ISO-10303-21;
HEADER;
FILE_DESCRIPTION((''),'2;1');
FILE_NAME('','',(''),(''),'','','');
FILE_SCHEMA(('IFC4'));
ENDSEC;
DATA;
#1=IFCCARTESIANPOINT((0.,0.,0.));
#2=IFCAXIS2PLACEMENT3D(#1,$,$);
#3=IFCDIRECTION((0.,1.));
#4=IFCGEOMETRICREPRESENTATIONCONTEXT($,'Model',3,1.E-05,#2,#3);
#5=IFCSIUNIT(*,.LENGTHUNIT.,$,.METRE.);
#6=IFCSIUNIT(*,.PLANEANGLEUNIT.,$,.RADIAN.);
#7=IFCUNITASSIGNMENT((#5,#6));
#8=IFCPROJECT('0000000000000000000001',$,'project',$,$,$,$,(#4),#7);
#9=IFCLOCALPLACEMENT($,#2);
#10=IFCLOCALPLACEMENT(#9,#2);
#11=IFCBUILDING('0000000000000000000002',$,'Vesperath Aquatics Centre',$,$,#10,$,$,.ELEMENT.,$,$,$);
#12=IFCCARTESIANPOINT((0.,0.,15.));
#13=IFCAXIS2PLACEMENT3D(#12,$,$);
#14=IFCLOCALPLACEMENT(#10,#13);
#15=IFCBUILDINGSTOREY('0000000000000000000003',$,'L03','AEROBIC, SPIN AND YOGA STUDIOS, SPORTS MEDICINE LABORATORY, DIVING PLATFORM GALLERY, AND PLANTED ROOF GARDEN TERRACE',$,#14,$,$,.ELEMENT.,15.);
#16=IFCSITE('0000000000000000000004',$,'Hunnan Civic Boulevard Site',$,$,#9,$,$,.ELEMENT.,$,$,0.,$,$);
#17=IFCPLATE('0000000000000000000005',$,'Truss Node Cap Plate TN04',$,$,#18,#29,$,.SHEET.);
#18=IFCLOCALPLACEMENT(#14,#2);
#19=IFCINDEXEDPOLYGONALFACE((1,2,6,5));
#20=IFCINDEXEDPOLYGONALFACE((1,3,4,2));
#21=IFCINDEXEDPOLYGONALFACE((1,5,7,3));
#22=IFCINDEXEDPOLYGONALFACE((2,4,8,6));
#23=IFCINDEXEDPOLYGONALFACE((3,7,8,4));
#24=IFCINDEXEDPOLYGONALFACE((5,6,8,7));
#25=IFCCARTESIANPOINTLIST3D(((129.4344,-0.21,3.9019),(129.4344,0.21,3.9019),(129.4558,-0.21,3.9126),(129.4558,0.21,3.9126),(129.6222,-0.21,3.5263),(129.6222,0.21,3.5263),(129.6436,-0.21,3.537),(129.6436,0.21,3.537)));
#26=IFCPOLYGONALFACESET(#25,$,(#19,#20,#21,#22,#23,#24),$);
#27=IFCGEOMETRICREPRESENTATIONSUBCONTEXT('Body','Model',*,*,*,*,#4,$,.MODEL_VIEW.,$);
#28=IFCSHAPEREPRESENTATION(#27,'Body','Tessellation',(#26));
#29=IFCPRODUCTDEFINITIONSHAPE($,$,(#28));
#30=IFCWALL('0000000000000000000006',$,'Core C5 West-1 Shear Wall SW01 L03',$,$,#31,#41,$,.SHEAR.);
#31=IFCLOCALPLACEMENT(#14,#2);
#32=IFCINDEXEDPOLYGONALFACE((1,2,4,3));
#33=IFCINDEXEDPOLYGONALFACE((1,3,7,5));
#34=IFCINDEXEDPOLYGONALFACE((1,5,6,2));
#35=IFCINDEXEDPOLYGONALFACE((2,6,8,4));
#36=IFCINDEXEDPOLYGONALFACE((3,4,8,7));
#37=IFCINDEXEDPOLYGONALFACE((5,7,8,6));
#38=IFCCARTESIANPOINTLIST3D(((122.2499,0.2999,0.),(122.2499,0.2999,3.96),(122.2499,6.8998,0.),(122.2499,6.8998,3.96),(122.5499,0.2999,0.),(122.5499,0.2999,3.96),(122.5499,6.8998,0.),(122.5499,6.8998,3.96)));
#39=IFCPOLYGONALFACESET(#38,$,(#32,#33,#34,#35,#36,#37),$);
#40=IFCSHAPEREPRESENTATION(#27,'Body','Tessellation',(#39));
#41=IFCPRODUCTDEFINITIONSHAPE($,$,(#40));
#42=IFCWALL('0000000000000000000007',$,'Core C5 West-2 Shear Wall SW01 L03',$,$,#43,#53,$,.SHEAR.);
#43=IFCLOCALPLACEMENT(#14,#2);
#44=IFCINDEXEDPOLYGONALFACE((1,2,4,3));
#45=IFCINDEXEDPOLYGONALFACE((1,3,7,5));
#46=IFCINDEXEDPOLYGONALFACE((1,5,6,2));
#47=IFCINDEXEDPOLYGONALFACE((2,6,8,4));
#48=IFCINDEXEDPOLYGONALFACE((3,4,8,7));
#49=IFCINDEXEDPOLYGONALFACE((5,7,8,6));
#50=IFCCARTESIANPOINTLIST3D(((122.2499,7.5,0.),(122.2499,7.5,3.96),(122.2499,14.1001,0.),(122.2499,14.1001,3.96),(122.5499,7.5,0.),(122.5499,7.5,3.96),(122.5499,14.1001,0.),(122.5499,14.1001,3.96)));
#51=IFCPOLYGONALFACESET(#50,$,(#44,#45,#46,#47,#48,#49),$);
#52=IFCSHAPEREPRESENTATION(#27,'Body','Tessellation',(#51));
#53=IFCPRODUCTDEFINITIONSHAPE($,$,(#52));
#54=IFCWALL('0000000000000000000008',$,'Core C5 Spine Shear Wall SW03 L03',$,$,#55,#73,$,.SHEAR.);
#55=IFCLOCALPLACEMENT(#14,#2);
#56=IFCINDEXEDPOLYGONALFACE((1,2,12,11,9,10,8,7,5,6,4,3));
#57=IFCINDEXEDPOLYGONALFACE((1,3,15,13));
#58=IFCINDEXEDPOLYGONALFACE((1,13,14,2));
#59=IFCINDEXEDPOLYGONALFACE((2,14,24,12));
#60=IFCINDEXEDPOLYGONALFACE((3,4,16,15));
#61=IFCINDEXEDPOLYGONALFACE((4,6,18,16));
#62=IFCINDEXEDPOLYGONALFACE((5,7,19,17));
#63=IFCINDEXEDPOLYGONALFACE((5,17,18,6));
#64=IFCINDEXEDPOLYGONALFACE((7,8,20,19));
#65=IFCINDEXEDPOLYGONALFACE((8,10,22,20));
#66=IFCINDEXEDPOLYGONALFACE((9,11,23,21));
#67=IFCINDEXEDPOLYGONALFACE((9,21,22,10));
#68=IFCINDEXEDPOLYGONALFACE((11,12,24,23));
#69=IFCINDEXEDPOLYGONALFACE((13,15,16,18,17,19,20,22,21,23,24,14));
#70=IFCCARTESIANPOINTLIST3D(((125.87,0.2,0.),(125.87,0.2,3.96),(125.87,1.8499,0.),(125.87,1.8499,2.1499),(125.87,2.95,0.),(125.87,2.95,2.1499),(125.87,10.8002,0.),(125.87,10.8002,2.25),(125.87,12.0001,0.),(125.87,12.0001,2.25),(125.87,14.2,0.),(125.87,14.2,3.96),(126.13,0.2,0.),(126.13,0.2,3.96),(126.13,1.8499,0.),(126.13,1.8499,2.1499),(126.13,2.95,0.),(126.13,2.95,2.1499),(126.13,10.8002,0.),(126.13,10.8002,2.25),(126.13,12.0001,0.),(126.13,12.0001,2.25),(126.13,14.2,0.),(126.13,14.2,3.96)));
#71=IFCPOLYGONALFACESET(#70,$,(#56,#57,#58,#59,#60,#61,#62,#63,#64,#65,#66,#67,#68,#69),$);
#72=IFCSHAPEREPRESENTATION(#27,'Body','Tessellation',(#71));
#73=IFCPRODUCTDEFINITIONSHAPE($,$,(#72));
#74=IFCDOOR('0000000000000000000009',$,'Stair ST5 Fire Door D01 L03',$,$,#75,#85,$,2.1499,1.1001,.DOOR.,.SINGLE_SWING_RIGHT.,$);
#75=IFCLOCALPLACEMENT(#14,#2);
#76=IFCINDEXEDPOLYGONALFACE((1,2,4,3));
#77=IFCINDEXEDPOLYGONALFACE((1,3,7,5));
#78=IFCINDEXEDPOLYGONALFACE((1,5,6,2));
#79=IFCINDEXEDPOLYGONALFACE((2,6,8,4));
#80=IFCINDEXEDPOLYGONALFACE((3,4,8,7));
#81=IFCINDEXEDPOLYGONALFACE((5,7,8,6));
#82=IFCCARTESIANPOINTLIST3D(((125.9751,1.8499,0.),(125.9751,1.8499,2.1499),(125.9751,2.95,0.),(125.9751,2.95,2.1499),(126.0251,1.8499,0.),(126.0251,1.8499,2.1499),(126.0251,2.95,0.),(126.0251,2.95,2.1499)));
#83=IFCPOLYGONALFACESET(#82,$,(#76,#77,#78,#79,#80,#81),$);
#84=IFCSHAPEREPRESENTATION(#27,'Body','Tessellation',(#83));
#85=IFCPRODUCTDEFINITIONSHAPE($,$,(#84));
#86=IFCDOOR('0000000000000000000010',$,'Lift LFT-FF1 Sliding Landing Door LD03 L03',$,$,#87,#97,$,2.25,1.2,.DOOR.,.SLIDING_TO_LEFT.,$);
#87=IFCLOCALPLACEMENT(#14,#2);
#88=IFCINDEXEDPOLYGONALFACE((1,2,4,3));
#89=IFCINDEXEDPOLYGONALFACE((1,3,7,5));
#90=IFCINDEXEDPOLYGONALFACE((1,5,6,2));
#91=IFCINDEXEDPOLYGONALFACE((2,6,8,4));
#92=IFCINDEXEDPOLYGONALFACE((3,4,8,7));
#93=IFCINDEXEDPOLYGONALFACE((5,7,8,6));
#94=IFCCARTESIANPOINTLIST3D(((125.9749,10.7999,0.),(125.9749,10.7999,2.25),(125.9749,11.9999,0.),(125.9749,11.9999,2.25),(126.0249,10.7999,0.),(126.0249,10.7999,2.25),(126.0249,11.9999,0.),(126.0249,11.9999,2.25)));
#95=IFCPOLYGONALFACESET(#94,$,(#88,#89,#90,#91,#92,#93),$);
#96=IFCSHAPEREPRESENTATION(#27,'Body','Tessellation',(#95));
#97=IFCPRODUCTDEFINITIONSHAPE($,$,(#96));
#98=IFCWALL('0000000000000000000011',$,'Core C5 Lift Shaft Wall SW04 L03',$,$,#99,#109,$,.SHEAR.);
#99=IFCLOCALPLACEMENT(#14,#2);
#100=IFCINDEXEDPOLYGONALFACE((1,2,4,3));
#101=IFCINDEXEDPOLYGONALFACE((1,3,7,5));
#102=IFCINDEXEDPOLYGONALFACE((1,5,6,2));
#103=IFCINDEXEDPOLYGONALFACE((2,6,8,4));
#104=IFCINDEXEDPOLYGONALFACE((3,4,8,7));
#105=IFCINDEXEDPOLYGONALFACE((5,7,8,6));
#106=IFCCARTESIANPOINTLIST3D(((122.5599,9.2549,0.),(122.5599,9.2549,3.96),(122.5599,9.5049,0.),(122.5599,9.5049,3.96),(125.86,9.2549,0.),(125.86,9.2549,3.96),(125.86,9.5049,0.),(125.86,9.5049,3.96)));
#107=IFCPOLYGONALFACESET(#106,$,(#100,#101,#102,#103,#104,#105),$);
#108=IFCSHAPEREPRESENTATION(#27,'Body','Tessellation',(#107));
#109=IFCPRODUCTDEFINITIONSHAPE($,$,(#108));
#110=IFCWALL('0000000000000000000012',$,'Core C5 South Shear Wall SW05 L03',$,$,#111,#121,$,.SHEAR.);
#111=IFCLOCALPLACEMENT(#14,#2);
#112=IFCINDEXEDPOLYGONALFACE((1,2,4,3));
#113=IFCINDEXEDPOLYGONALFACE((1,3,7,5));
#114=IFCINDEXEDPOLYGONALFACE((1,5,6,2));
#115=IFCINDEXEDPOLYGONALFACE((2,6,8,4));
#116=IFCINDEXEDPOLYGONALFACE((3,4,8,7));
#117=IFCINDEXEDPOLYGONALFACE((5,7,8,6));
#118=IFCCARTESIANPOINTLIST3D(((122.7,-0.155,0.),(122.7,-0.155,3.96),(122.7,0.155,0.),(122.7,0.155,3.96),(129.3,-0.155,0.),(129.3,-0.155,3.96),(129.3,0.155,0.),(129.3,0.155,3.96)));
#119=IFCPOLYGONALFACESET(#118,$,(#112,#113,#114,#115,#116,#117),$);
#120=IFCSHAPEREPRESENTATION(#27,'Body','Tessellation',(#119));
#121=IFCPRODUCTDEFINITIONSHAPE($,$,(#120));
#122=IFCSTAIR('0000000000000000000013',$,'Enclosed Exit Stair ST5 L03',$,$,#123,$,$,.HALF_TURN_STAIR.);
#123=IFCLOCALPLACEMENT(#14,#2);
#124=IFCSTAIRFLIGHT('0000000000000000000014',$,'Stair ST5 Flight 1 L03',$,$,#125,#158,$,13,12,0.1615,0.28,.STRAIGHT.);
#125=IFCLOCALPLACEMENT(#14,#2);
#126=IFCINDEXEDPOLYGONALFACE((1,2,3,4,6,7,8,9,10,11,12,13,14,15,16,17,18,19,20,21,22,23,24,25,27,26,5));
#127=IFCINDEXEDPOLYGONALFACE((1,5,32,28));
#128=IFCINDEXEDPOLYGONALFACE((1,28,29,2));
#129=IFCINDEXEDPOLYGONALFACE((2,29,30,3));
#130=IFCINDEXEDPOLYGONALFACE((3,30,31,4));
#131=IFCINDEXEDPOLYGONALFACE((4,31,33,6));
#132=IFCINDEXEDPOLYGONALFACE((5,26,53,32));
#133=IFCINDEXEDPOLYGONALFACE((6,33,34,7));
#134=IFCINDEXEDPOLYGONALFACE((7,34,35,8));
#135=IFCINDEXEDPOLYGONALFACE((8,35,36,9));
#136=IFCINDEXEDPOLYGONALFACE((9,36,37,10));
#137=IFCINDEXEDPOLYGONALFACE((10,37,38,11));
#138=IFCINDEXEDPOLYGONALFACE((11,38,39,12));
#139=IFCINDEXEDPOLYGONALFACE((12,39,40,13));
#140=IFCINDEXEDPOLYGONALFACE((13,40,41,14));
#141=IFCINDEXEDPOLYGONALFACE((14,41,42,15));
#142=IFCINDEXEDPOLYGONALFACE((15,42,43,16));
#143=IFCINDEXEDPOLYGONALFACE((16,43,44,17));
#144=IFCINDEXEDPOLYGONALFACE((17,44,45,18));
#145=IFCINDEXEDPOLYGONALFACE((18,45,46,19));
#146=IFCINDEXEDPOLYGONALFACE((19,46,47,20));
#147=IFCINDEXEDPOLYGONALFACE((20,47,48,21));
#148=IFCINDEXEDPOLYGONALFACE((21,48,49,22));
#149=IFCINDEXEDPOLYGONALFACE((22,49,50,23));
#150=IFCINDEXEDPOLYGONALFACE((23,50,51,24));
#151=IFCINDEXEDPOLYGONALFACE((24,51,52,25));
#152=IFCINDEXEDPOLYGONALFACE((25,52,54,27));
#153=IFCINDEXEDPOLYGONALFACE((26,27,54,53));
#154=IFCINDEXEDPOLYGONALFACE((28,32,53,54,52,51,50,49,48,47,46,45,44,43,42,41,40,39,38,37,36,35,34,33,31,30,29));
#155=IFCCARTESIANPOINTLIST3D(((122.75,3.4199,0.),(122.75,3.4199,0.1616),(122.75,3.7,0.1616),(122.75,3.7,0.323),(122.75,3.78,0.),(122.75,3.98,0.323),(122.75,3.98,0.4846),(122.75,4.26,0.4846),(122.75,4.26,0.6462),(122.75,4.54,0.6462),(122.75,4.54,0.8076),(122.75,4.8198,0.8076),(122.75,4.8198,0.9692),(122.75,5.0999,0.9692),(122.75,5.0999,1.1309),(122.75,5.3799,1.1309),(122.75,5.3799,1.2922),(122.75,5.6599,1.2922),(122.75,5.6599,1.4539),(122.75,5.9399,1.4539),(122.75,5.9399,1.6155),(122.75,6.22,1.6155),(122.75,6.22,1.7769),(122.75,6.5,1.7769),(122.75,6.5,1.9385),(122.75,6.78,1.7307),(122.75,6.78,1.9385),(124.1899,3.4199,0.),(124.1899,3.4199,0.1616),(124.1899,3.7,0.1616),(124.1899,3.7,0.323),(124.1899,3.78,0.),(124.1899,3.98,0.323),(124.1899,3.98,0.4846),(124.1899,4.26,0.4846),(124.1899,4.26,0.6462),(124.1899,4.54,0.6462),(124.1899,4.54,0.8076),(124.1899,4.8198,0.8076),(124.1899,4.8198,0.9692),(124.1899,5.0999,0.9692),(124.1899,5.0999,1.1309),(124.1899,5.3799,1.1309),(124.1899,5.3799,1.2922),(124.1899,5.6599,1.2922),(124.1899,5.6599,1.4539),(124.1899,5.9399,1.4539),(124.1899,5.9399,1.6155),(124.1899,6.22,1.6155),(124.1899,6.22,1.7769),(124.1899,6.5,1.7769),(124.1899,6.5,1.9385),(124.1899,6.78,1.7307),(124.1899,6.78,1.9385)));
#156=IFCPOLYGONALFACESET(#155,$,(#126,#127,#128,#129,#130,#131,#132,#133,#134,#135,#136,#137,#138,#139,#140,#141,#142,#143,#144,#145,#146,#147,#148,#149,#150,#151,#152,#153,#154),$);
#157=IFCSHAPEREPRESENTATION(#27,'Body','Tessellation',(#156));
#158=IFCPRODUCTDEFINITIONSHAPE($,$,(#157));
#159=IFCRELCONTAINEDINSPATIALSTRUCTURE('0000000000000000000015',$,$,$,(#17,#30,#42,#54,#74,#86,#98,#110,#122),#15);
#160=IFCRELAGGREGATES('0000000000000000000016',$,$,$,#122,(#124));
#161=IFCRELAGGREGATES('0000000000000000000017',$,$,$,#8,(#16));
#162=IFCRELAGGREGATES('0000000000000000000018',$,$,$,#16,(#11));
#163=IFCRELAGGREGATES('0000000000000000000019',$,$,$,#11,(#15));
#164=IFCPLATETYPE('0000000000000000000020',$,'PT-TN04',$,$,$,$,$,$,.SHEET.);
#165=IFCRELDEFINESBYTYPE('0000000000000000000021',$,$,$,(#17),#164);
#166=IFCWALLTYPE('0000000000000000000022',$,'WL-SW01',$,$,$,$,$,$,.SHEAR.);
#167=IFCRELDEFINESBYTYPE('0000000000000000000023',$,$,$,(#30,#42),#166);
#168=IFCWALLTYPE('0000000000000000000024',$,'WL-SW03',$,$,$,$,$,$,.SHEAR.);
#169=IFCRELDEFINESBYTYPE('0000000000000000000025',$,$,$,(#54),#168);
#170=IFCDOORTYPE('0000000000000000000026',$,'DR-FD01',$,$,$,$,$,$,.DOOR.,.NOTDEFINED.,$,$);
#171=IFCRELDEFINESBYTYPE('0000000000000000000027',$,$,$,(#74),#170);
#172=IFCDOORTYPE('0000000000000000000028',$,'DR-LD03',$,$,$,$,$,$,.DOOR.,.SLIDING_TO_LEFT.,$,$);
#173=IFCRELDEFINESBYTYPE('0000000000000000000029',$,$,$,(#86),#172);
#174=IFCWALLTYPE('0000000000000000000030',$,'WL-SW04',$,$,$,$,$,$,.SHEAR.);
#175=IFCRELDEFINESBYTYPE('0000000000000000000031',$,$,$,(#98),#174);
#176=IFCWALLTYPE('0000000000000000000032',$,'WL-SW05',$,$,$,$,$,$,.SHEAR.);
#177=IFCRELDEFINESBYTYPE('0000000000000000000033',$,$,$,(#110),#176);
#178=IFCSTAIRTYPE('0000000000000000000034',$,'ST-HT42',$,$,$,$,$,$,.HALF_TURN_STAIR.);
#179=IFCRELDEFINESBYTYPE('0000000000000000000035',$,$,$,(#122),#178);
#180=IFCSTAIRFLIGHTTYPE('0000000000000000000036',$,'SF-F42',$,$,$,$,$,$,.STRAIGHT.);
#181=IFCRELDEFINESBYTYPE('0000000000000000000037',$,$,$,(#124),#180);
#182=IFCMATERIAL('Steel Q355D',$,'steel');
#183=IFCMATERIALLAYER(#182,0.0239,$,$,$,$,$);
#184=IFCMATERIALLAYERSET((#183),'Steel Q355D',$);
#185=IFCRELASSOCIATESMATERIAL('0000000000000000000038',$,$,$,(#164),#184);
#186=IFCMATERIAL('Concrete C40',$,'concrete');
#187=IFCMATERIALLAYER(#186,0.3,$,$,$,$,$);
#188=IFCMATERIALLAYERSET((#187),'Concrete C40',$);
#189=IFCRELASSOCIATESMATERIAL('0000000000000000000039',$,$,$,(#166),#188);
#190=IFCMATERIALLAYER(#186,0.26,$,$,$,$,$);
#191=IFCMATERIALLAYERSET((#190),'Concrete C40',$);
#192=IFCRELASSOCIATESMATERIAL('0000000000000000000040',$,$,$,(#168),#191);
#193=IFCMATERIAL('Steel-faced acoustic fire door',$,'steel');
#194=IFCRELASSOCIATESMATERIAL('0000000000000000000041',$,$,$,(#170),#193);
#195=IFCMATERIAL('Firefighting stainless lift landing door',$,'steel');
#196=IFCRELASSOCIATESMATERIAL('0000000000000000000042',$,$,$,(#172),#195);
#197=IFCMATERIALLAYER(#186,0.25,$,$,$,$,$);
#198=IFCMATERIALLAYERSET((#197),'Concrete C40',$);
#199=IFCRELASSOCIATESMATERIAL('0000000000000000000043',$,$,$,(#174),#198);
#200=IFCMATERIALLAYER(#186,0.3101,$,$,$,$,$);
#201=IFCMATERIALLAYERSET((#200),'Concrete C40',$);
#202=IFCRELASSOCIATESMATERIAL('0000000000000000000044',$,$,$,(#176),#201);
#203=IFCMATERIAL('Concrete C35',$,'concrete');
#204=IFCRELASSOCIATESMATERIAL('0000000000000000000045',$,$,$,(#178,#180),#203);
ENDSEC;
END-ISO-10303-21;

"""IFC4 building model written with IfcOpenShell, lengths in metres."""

from ifc_helpers import new_model, si_unit, direction, frame, frame_2d, origin, origin_2d, place, context, subcontext, project, spatial, polyline, rectangle, outline, extrude, material, layer, layer_set, type_object, element, fill, aggregate, save


model = new_model("IFC4")

# Units and contexts
model_context = context("Model", 3, precision=1e-05, world=origin(), true_north=direction((0.0, 1.0)))
body_context = subcontext(model_context, "Body", "Model", "MODEL_VIEW")
ifc_project = project(units=[si_unit("LENGTHUNIT", "METRE"), si_unit("PLANEANGLEUNIT", "RADIAN")], contexts=[model_context])

# Site, building, storey
site_placement = place(None, origin())
site = spatial("IfcSite", under=ifc_project, at=site_placement, Name="Hunnan Civic Boulevard Site", CompositionType="ELEMENT", RefElevation=0.0)
building_placement = place(site_placement, origin())
building = spatial("IfcBuilding", under=site, at=building_placement, Name="Vesperath Aquatics Centre", CompositionType="ELEMENT")
storey_placement = place(building_placement, frame((0.0, 0.0, 15.0)))
storey = spatial("IfcBuildingStorey", under=building, at=storey_placement, Name="L03", Description="AEROBIC, SPIN AND YOGA STUDIOS, SPORTS MEDICINE LABORATORY, DIVING PLATFORM GALLERY, AND PLANTED ROOF GARDEN TERRACE", CompositionType="ELEMENT", Elevation=15.0)

# Shared definitions
ifc_material_1 = material(Name="Concrete C40", Category="concrete")

# Shared definitions
ifc_material_2 = material(Name="Concrete C35", Category="concrete")

# Shared definitions
ifc_material_3 = material(Name="Steel Q355D", Category="steel")

# Plate
ifc_layer_1 = layer(ifc_material_3, 0.0239)
ifc_layer_set_1 = layer_set([ifc_layer_1], Name="Steel Q355D")
plate_type = type_object("IfcPlateType", Name="PT-TN04", PredefinedType="SHEET", material=ifc_layer_set_1)
for number, where, z_axis, x_axis, name in (
    (1, (129.5283, 0.0, 3.7141), (0.894427, 0.0, 0.447214), (0.0, 1.0, 0.0), "Truss Node Cap Plate TN04"),
):
    element("IfcPlate", number, at=place(storey_placement, frame(where, z_axis=z_axis, x_axis=x_axis)), inside=storey, type_object=plate_type, Name=name, PredefinedType="SHEET", context=body_context, shape_type="SweptSolid", body=[
        extrude(rectangle(XDim=0.4199, YDim=0.4199, at=origin_2d()), origin(), (0.0, 0.0, 1.0), 0.0239),
    ])

# Walls
ifc_layer_2 = layer(ifc_material_1, 0.3)
ifc_layer_set_2 = layer_set([ifc_layer_2], Name="Concrete C40")
wall_type_1 = type_object("IfcWallType", Name="WL-SW01", PredefinedType="SHEAR", material=ifc_layer_set_2)
wall_1_placement = place(storey_placement, frame((122.3999, 0.3, 0.0), z_axis=(0.0, 0.0, 1.0), x_axis=(0.0, 1.0, 0.0)))
element("IfcWall", 2, at=wall_1_placement, inside=storey, type_object=wall_type_1, Name="Core C5 West-1 Shear Wall SW01 L03", PredefinedType="SHEAR", context=body_context, shape_type="SweptSolid", body=[
    extrude(rectangle(XDim=6.5999, YDim=0.3, at=frame_2d((3.2998, 0.0))), origin(), (0.0, 0.0, 1.0), 3.96),
])
wall_2_placement = place(storey_placement, frame((122.3999, 7.5, 0.0), z_axis=(0.0, 0.0, 1.0), x_axis=(0.0, 1.0, 0.0)))
element("IfcWall", 3, at=wall_2_placement, inside=storey, type_object=wall_type_1, Name="Core C5 West-2 Shear Wall SW01 L03", PredefinedType="SHEAR", context=body_context, shape_type="SweptSolid", body=[
    extrude(rectangle(XDim=6.6001, YDim=0.3, at=frame_2d((3.3, 0.0))), origin(), (0.0, 0.0, 1.0), 3.96),
])

# Wall, openings, doors
ifc_layer_3 = layer(ifc_material_1, 0.26)
ifc_layer_set_3 = layer_set([ifc_layer_3], Name="Concrete C40")
wall_type_2 = type_object("IfcWallType", Name="WL-SW03", PredefinedType="SHEAR", material=ifc_layer_set_3)
wall_3_placement = place(storey_placement, frame((126.0, 0.2, 0.0), z_axis=(0.0, 0.0, 1.0), x_axis=(0.0, 1.0, 0.0)))
wall_3 = element("IfcWall", 4, at=wall_3_placement, inside=storey, type_object=wall_type_2, Name="Core C5 Spine Shear Wall SW03 L03", PredefinedType="SHEAR", context=body_context, shape_type="SweptSolid", body=[
    extrude(rectangle(XDim=14.0, YDim=0.26, at=frame_2d((7.0, 0.0))), origin(), (0.0, 0.0, 1.0), 3.96),
])
opening_1_placement = place(wall_3_placement, frame((1.6499, 0.0, 0.0)))
opening_1 = element("IfcOpeningElement", 5, at=opening_1_placement, cuts=wall_3, PredefinedType="OPENING", context=body_context, shape_type="SweptSolid", body=[
    extrude(rectangle(XDim=1.1001, YDim=2.1499, at=frame_2d((0.55, 1.075))), frame((0.0, 0.145, 0.0), z_axis=(0.0, -1.0, 0.0), x_axis=(1.0, 0.0, 0.0)), (0.0, 0.0, 1.0), 0.2898),
])
opening_2_placement = place(wall_3_placement, frame((10.6001, 0.0, 0.0)))
opening_2 = element("IfcOpeningElement", 6, at=opening_2_placement, cuts=wall_3, PredefinedType="OPENING", context=body_context, shape_type="SweptSolid", body=[
    extrude(rectangle(XDim=1.2, YDim=2.25, at=frame_2d((0.6001, 1.125))), frame((0.0, 0.145, 0.0), z_axis=(0.0, -1.0, 0.0), x_axis=(1.0, 0.0, 0.0)), (0.0, 0.0, 1.0), 0.2898),
])
ifc_material_4 = material(Name="Steel-faced acoustic fire door", Category="steel")
door_type_1 = type_object("IfcDoorType", Name="DR-FD01", OperationType="NOTDEFINED", PredefinedType="DOOR", material=ifc_material_4)
door_1_placement = place(opening_1_placement, origin())
door_1 = element("IfcDoor", 7, at=door_1_placement, inside=storey, type_object=door_type_1, Name="Stair ST5 Fire Door D01 L03", OperationType="SINGLE_SWING_RIGHT", OverallHeight=2.1499, OverallWidth=1.1001, PredefinedType="DOOR", context=body_context, shape_type="SweptSolid", body=[
    extrude(rectangle(XDim=1.1001, YDim=2.1499, at=frame_2d((0.55, 1.075))), frame((0.0, 0.0249, 0.0), z_axis=(0.0, -1.0, 0.0), x_axis=(1.0, 0.0, 0.0)), (0.0, 0.0, 1.0), 0.05),
])
fill(opening_1, door_1)
ifc_material_5 = material(Name="Firefighting stainless lift landing door", Category="steel")
door_type_2 = type_object("IfcDoorType", Name="DR-LD03", OperationType="SLIDING_TO_LEFT", PredefinedType="DOOR", material=ifc_material_5)
door_2_placement = place(opening_2_placement, frame((1.2, 0.0, 0.0), z_axis=(0.0, 0.0, 1.0), x_axis=(-1.0, 0.0, 0.0)))
door_2 = element("IfcDoor", 8, at=door_2_placement, inside=storey, type_object=door_type_2, Name="Lift LFT-FF1 Sliding Landing Door LD03 L03", OperationType="SLIDING_TO_LEFT", OverallHeight=2.25, OverallWidth=1.2, PredefinedType="DOOR", context=body_context, shape_type="SweptSolid", body=[
    extrude(rectangle(XDim=1.2, YDim=2.25, at=frame_2d((0.6001, 1.125))), frame((0.0, 0.0249, 0.0), z_axis=(0.0, -1.0, 0.0), x_axis=(1.0, 0.0, 0.0)), (0.0, 0.0, 1.0), 0.05),
])
fill(opening_2, door_2)

# Walls
ifc_layer_4 = layer(ifc_material_1, 0.25)
ifc_layer_set_4 = layer_set([ifc_layer_4], Name="Concrete C40")
wall_type_3 = type_object("IfcWallType", Name="WL-SW04", PredefinedType="SHEAR", material=ifc_layer_set_4)
wall_4_placement = place(storey_placement, frame((122.5601, 9.3799, 0.0), z_axis=(0.0, 0.0, 1.0), x_axis=(1.0, 0.0, 0.0)))
element("IfcWall", 9, at=wall_4_placement, inside=storey, type_object=wall_type_3, Name="Core C5 Lift Shaft Wall SW04 L03", PredefinedType="SHEAR", context=body_context, shape_type="SweptSolid", body=[
    extrude(rectangle(XDim=3.3, YDim=0.25, at=frame_2d((1.6499, 0.0))), origin(), (0.0, 0.0, 1.0), 3.96),
])
ifc_layer_5 = layer(ifc_material_1, 0.3101)
ifc_layer_set_5 = layer_set([ifc_layer_5], Name="Concrete C40")
wall_type_4 = type_object("IfcWallType", Name="WL-SW05", PredefinedType="SHEAR", material=ifc_layer_set_5)
wall_5_placement = place(storey_placement, frame((122.7, 0.0, 0.0), z_axis=(0.0, 0.0, 1.0), x_axis=(1.0, 0.0, 0.0)))
element("IfcWall", 10, at=wall_5_placement, inside=storey, type_object=wall_type_4, Name="Core C5 South Shear Wall SW05 L03", PredefinedType="SHEAR", context=body_context, shape_type="SweptSolid", body=[
    extrude(rectangle(XDim=6.6001, YDim=0.3101, at=frame_2d((3.3, 0.0))), origin(), (0.0, 0.0, 1.0), 3.96),
])

# Stair, stair flight
stair_type = type_object("IfcStairType", Name="ST-HT42", PredefinedType="HALF_TURN_STAIR", material=ifc_material_2)
stair_placement = place(storey_placement, origin())
stair = element("IfcStair", 11, at=stair_placement, inside=storey, type_object=stair_type, Name="Enclosed Exit Stair ST5 L03", PredefinedType="HALF_TURN_STAIR")
stair_flight_type = type_object("IfcStairFlightType", Name="SF-F42", PredefinedType="STRAIGHT", material=ifc_material_2)
stair_flight_1_placement = place(storey_placement, frame((123.47, 3.4199, 0.0), z_axis=(0.0, 0.0, 1.0), x_axis=(0.0, 1.0, 0.0)))
stair_flight_1 = element("IfcStairFlight", 12, at=stair_flight_1_placement, type_object=stair_flight_type, Name="Stair ST5 Flight 1 L03", NumberOfRisers=13, NumberOfTreads=12, PredefinedType="STRAIGHT", RiserHeight=0.1615, TreadLength=0.28, context=body_context, shape_type="SweptSolid", body=[
    extrude(outline(polyline([(0.0, 0.0), (0.0, 0.1616), (0.28, 0.1616), (0.28, 0.323), (0.5601, 0.323), (0.5601, 0.4846), (0.8401, 0.4846), (0.8401, 0.6462), (1.1201, 0.6462), (1.1201, 0.8076), (1.3999, 0.8076), (1.3999, 0.9692), (1.6799, 0.9692), (1.6799, 1.1309), (1.96, 1.1309), (1.96, 1.2922), (2.24, 1.2922), (2.24, 1.4539), (2.52, 1.4539), (2.52, 1.6155), (2.8, 1.6155), (2.8, 1.7769), (3.0801, 1.7769), (3.0801, 1.9385), (3.3601, 1.9385), (3.3601, 2.1001), (3.3601, 1.7307), (0.3601, 0.0), (0.0, 0.0)])), frame((0.0, 0.72, 0.0), z_axis=(0.0, -1.0, 0.0), x_axis=(1.0, 0.0, 0.0)), (0.0, 0.0, 1.0), 1.4399),
])
aggregate(stair, [stair_flight_1])

save(model, "model.ifc")
